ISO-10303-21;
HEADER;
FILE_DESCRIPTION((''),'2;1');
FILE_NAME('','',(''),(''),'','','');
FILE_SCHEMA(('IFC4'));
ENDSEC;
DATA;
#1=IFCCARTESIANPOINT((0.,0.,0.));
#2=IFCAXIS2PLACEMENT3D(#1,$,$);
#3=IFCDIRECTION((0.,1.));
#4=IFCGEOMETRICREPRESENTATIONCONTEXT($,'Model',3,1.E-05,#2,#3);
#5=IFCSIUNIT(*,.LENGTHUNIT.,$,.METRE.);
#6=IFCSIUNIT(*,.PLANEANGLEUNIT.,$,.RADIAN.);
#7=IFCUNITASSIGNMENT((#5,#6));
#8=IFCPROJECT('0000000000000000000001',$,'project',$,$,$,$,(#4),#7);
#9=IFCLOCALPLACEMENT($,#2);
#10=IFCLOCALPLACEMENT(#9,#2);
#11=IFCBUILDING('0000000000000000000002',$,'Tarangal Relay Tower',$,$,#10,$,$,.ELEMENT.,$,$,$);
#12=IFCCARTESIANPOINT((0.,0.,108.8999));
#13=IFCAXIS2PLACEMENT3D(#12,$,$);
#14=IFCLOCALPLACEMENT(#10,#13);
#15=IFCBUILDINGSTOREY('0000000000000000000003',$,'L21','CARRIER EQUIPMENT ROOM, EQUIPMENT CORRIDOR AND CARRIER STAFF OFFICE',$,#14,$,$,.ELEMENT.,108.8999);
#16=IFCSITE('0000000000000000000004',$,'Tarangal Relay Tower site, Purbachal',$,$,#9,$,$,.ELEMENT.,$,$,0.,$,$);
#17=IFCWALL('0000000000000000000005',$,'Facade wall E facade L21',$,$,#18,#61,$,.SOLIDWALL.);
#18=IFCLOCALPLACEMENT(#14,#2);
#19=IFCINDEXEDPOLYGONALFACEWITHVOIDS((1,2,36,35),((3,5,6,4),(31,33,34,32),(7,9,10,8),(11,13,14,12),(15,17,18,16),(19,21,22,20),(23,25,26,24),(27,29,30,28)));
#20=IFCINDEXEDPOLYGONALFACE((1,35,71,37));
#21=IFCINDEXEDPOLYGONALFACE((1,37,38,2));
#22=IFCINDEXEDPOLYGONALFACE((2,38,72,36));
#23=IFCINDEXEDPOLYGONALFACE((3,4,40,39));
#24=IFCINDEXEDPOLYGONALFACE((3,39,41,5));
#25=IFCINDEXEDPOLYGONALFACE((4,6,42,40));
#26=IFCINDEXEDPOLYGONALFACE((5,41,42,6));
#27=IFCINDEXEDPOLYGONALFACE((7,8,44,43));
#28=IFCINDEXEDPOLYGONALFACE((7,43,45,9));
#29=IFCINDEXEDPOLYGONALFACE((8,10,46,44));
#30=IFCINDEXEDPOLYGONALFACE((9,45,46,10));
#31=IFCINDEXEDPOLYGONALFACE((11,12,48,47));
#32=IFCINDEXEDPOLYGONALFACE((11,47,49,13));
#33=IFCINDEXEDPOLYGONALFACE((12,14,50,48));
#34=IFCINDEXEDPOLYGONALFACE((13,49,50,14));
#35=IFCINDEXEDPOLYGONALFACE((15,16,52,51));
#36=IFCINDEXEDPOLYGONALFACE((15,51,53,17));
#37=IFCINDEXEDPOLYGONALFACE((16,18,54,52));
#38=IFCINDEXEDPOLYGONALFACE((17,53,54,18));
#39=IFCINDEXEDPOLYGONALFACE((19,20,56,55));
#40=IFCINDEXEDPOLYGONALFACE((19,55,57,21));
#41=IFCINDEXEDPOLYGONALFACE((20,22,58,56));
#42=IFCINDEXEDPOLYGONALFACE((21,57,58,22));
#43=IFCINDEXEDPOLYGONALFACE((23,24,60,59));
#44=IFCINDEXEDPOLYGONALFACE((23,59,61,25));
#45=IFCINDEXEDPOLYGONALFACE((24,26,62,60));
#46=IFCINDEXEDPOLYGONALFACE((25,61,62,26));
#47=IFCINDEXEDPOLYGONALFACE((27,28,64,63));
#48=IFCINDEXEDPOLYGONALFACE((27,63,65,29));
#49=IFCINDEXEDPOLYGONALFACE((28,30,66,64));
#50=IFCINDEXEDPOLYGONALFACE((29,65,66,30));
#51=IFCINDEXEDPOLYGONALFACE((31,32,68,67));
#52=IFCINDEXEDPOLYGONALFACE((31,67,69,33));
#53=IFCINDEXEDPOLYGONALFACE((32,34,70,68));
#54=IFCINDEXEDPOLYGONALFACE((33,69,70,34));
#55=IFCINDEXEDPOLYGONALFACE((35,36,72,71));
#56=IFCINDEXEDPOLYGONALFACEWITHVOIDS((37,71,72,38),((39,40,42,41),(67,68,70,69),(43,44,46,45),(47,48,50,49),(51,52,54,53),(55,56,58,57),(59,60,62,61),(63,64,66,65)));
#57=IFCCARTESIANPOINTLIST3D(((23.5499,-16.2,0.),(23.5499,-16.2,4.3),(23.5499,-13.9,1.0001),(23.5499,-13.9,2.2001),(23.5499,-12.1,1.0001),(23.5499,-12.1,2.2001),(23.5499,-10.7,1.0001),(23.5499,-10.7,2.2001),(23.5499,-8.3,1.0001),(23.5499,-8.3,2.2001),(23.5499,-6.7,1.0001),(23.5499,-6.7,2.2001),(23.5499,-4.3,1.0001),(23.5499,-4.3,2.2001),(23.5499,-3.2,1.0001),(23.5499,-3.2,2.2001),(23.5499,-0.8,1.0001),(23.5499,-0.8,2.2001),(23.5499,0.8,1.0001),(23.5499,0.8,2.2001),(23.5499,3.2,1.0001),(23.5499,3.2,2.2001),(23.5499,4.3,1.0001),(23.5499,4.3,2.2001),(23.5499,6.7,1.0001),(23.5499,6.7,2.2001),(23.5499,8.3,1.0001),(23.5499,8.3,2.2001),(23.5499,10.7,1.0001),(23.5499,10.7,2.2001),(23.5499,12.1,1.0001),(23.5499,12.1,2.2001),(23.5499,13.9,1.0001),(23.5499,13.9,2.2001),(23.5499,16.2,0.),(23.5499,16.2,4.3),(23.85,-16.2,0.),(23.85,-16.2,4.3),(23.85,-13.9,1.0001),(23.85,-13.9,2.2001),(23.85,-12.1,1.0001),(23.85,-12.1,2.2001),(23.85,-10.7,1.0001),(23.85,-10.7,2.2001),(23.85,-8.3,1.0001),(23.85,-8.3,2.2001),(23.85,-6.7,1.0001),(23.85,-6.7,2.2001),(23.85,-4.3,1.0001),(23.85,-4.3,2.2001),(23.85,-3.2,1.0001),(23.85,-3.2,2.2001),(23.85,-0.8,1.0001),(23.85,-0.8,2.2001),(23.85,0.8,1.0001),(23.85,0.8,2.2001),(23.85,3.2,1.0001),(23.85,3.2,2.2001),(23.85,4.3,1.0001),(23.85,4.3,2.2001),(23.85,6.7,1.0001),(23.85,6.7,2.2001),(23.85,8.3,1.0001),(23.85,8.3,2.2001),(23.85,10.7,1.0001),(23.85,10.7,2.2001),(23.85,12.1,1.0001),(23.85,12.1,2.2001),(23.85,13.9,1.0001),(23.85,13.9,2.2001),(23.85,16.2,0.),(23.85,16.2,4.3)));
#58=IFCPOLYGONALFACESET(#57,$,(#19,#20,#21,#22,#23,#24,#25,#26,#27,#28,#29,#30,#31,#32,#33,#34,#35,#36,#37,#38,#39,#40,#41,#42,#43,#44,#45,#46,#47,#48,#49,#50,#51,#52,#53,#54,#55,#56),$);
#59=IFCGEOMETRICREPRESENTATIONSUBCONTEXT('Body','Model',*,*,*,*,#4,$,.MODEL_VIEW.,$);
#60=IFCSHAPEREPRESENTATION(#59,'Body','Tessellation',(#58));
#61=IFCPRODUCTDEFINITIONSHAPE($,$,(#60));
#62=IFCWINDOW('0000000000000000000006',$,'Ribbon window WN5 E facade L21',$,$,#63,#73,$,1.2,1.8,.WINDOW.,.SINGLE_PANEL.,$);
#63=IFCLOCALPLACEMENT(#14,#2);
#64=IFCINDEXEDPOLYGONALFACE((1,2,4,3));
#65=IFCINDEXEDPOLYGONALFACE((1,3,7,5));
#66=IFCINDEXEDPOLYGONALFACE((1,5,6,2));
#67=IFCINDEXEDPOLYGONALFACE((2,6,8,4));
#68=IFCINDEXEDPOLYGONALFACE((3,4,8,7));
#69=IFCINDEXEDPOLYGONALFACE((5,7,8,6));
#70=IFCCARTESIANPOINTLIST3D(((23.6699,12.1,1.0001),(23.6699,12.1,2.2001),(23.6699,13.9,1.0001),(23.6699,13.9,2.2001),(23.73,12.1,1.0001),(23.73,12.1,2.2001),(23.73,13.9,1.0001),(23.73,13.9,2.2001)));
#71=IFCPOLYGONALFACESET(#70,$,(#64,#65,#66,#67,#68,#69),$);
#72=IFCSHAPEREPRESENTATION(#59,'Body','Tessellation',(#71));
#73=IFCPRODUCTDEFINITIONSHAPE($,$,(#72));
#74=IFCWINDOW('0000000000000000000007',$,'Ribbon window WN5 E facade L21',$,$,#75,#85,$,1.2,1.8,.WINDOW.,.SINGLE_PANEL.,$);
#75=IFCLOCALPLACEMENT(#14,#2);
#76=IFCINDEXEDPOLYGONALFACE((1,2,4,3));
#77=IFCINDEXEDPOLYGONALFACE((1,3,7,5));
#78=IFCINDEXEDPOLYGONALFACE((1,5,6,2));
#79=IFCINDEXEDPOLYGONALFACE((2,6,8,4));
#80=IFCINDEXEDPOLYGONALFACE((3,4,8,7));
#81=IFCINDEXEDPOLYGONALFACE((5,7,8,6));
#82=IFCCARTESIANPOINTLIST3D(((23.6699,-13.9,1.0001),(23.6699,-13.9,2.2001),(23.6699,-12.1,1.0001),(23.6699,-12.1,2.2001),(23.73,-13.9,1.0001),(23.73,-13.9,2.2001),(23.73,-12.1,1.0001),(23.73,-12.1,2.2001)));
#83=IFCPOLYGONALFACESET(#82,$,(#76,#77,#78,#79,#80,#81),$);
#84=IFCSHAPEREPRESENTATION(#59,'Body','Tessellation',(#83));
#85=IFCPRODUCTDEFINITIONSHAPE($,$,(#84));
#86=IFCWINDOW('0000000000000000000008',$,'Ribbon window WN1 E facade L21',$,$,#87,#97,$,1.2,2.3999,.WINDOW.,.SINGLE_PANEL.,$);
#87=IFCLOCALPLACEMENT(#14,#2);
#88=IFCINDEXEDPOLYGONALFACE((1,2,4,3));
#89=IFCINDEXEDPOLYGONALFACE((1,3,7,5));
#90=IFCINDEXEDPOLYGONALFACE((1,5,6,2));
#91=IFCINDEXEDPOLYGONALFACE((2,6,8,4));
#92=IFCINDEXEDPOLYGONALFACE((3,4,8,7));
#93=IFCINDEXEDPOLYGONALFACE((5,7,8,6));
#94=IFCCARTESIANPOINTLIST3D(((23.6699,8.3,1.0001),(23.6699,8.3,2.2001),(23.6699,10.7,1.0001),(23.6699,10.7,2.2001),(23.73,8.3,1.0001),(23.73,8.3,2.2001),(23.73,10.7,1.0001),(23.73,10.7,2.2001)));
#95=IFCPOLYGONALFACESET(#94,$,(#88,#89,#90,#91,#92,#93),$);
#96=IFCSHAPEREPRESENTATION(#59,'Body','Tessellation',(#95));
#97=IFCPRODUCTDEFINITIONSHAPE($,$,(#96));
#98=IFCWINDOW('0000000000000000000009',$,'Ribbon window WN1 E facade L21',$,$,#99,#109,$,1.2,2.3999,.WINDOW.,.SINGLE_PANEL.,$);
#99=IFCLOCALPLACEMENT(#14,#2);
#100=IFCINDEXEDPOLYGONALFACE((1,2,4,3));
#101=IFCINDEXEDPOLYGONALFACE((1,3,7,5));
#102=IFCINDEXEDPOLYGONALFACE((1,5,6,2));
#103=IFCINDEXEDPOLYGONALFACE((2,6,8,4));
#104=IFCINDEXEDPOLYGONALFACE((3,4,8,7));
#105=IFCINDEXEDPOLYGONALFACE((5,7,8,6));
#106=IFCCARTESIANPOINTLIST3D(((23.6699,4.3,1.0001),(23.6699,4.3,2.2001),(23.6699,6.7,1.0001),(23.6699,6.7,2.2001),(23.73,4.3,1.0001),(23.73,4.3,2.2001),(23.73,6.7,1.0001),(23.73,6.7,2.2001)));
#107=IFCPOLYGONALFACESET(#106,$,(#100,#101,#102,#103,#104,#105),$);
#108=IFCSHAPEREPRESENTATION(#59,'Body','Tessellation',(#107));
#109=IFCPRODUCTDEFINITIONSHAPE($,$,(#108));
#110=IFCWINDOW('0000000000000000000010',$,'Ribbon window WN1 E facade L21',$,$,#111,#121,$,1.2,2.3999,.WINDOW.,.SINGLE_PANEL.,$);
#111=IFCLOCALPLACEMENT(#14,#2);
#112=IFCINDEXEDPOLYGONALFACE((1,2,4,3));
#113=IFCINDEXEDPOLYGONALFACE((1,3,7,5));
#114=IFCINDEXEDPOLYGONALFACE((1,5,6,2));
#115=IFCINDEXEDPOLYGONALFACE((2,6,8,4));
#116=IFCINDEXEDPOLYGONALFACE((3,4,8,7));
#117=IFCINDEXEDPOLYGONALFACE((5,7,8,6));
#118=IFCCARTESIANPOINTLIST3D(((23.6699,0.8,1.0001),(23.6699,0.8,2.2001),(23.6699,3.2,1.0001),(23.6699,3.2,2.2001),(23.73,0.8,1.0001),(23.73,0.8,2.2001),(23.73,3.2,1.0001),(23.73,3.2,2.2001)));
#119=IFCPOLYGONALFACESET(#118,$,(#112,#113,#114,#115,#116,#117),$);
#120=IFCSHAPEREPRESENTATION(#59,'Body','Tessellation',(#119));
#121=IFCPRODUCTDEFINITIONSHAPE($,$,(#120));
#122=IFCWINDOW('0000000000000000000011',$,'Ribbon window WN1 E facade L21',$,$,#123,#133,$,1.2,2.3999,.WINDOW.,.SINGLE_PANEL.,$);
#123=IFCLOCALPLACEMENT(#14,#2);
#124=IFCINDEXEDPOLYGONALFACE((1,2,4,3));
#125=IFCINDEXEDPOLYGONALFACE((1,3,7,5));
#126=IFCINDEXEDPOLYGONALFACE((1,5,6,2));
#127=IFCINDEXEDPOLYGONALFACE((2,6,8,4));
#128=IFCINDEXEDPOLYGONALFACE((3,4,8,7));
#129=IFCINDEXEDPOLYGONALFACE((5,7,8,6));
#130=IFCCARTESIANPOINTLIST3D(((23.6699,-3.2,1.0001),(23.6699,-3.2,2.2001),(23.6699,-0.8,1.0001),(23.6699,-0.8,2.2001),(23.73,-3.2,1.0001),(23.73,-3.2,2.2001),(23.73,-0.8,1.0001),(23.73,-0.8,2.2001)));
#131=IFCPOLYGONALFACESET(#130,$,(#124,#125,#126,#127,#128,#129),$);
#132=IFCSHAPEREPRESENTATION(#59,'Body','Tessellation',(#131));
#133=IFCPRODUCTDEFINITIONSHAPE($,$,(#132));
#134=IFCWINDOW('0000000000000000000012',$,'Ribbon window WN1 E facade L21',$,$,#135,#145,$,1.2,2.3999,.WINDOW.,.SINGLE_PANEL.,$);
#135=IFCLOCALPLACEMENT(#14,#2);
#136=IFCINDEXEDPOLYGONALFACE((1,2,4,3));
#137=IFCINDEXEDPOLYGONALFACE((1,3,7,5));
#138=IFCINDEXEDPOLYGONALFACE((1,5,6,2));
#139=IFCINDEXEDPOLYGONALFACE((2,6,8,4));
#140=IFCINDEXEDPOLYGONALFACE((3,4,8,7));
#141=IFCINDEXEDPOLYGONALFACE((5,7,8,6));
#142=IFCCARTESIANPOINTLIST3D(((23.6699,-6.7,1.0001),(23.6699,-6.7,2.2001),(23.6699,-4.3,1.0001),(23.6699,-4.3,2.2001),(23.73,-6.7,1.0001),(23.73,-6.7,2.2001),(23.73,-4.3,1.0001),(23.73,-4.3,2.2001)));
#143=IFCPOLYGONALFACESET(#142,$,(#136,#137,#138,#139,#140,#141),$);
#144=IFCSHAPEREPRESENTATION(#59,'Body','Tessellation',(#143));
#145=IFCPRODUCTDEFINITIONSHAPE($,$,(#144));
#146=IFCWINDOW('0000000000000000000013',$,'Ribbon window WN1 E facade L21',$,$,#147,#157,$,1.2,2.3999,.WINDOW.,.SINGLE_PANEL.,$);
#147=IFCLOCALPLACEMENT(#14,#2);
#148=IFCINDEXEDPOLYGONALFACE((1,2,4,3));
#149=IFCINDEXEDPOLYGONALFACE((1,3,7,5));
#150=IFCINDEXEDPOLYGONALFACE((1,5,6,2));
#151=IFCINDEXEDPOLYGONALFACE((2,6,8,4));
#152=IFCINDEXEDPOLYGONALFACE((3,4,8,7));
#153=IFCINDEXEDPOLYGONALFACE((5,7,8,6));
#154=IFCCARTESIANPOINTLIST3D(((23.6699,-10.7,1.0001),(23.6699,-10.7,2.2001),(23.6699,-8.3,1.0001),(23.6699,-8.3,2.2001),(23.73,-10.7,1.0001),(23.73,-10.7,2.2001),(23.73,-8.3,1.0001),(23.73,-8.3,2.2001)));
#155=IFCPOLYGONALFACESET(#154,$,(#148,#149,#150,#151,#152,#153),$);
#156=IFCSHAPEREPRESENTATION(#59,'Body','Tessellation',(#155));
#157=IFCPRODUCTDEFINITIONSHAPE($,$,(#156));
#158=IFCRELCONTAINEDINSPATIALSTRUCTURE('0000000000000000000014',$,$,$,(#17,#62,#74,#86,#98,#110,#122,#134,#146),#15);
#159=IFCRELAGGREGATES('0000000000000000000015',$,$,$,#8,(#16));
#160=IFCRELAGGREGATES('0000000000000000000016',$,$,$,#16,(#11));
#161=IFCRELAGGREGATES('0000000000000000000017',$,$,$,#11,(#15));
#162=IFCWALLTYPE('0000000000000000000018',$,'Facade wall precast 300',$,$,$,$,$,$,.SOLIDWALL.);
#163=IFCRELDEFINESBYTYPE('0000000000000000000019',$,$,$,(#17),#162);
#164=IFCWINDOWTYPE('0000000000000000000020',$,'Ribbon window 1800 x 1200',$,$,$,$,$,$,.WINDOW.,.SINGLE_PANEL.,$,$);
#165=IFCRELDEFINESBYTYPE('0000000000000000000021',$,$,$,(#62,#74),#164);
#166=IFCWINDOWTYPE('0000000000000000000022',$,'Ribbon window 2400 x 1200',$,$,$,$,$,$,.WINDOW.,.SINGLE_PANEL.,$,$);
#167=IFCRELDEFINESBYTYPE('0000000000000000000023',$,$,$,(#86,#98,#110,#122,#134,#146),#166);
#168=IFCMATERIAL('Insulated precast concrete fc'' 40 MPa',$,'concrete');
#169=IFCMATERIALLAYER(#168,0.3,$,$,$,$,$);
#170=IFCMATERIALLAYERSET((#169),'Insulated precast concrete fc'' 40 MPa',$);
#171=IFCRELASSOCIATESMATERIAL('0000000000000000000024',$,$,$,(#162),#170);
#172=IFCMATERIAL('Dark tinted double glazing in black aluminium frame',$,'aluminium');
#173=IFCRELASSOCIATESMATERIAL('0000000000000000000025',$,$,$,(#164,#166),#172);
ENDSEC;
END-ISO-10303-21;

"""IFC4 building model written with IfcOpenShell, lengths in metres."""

from ifc_helpers import new_model, si_unit, direction, frame, frame_2d, origin, place, context, subcontext, project, spatial, rectangle, extrude, material, layer, layer_set, type_object, element, fill, save


model = new_model("IFC4")

# Units and contexts
model_context = context("Model", 3, precision=1e-05, world=origin(), true_north=direction((0.0, 1.0)))
body_context = subcontext(model_context, "Body", "Model", "MODEL_VIEW")
ifc_project = project(units=[si_unit("LENGTHUNIT", "METRE"), si_unit("PLANEANGLEUNIT", "RADIAN")], contexts=[model_context])

# Site, building, storey
site_placement = place(None, origin())
site = spatial("IfcSite", under=ifc_project, at=site_placement, Name="Tarangal Relay Tower site, Purbachal", CompositionType="ELEMENT", RefElevation=0.0)
building_placement = place(site_placement, origin())
building = spatial("IfcBuilding", under=site, at=building_placement, Name="Tarangal Relay Tower", CompositionType="ELEMENT")
storey_placement = place(building_placement, frame((0.0, 0.0, 108.8999)))
storey = spatial("IfcBuildingStorey", under=building, at=storey_placement, Name="L21", Description="CARRIER EQUIPMENT ROOM, EQUIPMENT CORRIDOR AND CARRIER STAFF OFFICE", CompositionType="ELEMENT", Elevation=108.8999)

# Shared definitions
ifc_material_1 = material(Name="Insulated precast concrete fc' 40 MPa", Category="concrete")
ifc_layer_1 = layer(ifc_material_1, 0.3)
ifc_layer_set_1 = layer_set([ifc_layer_1], Name="Insulated precast concrete fc' 40 MPa")
wall_type_1 = type_object("IfcWallType", Name="Facade wall precast 300", PredefinedType="SOLIDWALL", material=ifc_layer_set_1)

# Wall, openings, windows
wall_1_placement = place(storey_placement, frame((23.7, 16.2, 0.0), z_axis=(0.0, 0.0, 1.0), x_axis=(0.0, -1.0, 0.0)))
wall_1 = element("IfcWall", 1, at=wall_1_placement, inside=storey, type_object=wall_type_1, Name="Facade wall E facade L21", PredefinedType="SOLIDWALL", context=body_context, shape_type="SweptSolid", body=[
    extrude(rectangle(XDim=32.3999, YDim=0.3, at=frame_2d((16.2, 0.0))), origin(), (0.0, 0.0, 1.0), 4.3),
])
opening_1_placement = place(wall_1_placement, frame((2.3, 0.0, 1.0)))
opening_1 = element("IfcOpeningElement", 2, at=opening_1_placement, cuts=wall_1, PredefinedType="OPENING", context=body_context, shape_type="SweptSolid", body=[
    extrude(rectangle(XDim=1.8, YDim=1.2, at=frame_2d((0.8999, 0.6001))), frame((0.0, 0.1599, 0.0), z_axis=(0.0, -1.0, 0.0), x_axis=(1.0, 0.0, 0.0)), (0.0, 0.0, 1.0), 0.3201),
])
opening_2_placement = place(wall_1_placement, frame((5.5, 0.0, 1.0)))
opening_2 = element("IfcOpeningElement", 3, at=opening_2_placement, cuts=wall_1, PredefinedType="OPENING", context=body_context, shape_type="SweptSolid", body=[
    extrude(rectangle(XDim=2.3999, YDim=1.2, at=frame_2d((1.2, 0.6001))), frame((0.0, 0.1599, 0.0), z_axis=(0.0, -1.0, 0.0), x_axis=(1.0, 0.0, 0.0)), (0.0, 0.0, 1.0), 0.3201),
])
opening_3_placement = place(wall_1_placement, frame((9.5, 0.0, 1.0)))
opening_3 = element("IfcOpeningElement", 4, at=opening_3_placement, cuts=wall_1, PredefinedType="OPENING", context=body_context, shape_type="SweptSolid", body=[
    extrude(rectangle(XDim=2.3999, YDim=1.2, at=frame_2d((1.2, 0.6001))), frame((0.0, 0.1599, 0.0), z_axis=(0.0, -1.0, 0.0), x_axis=(1.0, 0.0, 0.0)), (0.0, 0.0, 1.0), 0.3201),
])
opening_4_placement = place(wall_1_placement, frame((13.0, 0.0, 1.0)))
opening_4 = element("IfcOpeningElement", 5, at=opening_4_placement, cuts=wall_1, PredefinedType="OPENING", context=body_context, shape_type="SweptSolid", body=[
    extrude(rectangle(XDim=2.3999, YDim=1.2, at=frame_2d((1.2, 0.6001))), frame((0.0, 0.1599, 0.0), z_axis=(0.0, -1.0, 0.0), x_axis=(1.0, 0.0, 0.0)), (0.0, 0.0, 1.0), 0.3201),
])
opening_5_placement = place(wall_1_placement, frame((17.0, 0.0, 1.0)))
opening_5 = element("IfcOpeningElement", 6, at=opening_5_placement, cuts=wall_1, PredefinedType="OPENING", context=body_context, shape_type="SweptSolid", body=[
    extrude(rectangle(XDim=2.3999, YDim=1.2, at=frame_2d((1.2, 0.6001))), frame((0.0, 0.1599, 0.0), z_axis=(0.0, -1.0, 0.0), x_axis=(1.0, 0.0, 0.0)), (0.0, 0.0, 1.0), 0.3201),
])
opening_6_placement = place(wall_1_placement, frame((20.5, 0.0, 1.0)))
opening_6 = element("IfcOpeningElement", 7, at=opening_6_placement, cuts=wall_1, PredefinedType="OPENING", context=body_context, shape_type="SweptSolid", body=[
    extrude(rectangle(XDim=2.3999, YDim=1.2, at=frame_2d((1.2, 0.6001))), frame((0.0, 0.1599, 0.0), z_axis=(0.0, -1.0, 0.0), x_axis=(1.0, 0.0, 0.0)), (0.0, 0.0, 1.0), 0.3201),
])
opening_7_placement = place(wall_1_placement, frame((24.5, 0.0, 1.0)))
opening_7 = element("IfcOpeningElement", 8, at=opening_7_placement, cuts=wall_1, PredefinedType="OPENING", context=body_context, shape_type="SweptSolid", body=[
    extrude(rectangle(XDim=2.3999, YDim=1.2, at=frame_2d((1.2, 0.6001))), frame((0.0, 0.1599, 0.0), z_axis=(0.0, -1.0, 0.0), x_axis=(1.0, 0.0, 0.0)), (0.0, 0.0, 1.0), 0.3201),
])
opening_8_placement = place(wall_1_placement, frame((28.3, 0.0, 1.0)))
opening_8 = element("IfcOpeningElement", 9, at=opening_8_placement, cuts=wall_1, PredefinedType="OPENING", context=body_context, shape_type="SweptSolid", body=[
    extrude(rectangle(XDim=1.8, YDim=1.2, at=frame_2d((0.8999, 0.6001))), frame((0.0, 0.1599, 0.0), z_axis=(0.0, -1.0, 0.0), x_axis=(1.0, 0.0, 0.0)), (0.0, 0.0, 1.0), 0.3201),
])
ifc_material_2 = material(Name="Dark tinted double glazing in black aluminium frame", Category="aluminium")
window_type_1 = type_object("IfcWindowType", Name="Ribbon window 1800 x 1200", PartitioningType="SINGLE_PANEL", PredefinedType="WINDOW", material=ifc_material_2)
window_1_placement = place(opening_1_placement, origin())
window_1 = element("IfcWindow", 10, at=window_1_placement, inside=storey, type_object=window_type_1, Name="Ribbon window WN5 E facade L21", OverallHeight=1.2, OverallWidth=1.8, PartitioningType="SINGLE_PANEL", PredefinedType="WINDOW", context=body_context, shape_type="SweptSolid", body=[
    extrude(rectangle(XDim=1.8, YDim=1.2, at=frame_2d((0.8999, 0.6001))), frame((0.0, 0.03, 0.0), z_axis=(0.0, -1.0, 0.0), x_axis=(1.0, 0.0, 0.0)), (0.0, 0.0, 1.0), 0.0601),
])
fill(opening_1, window_1)
window_2_placement = place(opening_8_placement, origin())
window_2 = element("IfcWindow", 11, at=window_2_placement, inside=storey, type_object=window_type_1, Name="Ribbon window WN5 E facade L21", OverallHeight=1.2, OverallWidth=1.8, PartitioningType="SINGLE_PANEL", PredefinedType="WINDOW", context=body_context, shape_type="SweptSolid", body=[
    extrude(rectangle(XDim=1.8, YDim=1.2, at=frame_2d((0.8999, 0.6001))), frame((0.0, 0.03, 0.0), z_axis=(0.0, -1.0, 0.0), x_axis=(1.0, 0.0, 0.0)), (0.0, 0.0, 1.0), 0.0601),
])
fill(opening_8, window_2)
window_type_2 = type_object("IfcWindowType", Name="Ribbon window 2400 x 1200", PartitioningType="SINGLE_PANEL", PredefinedType="WINDOW", material=ifc_material_2)
window_3_placement = place(opening_2_placement, origin())
window_3 = element("IfcWindow", 12, at=window_3_placement, inside=storey, type_object=window_type_2, Name="Ribbon window WN1 E facade L21", OverallHeight=1.2, OverallWidth=2.3999, PartitioningType="SINGLE_PANEL", PredefinedType="WINDOW", context=body_context, shape_type="SweptSolid", body=[
    extrude(rectangle(XDim=2.3999, YDim=1.2, at=frame_2d((1.2, 0.6001))), frame((0.0, 0.03, 0.0), z_axis=(0.0, -1.0, 0.0), x_axis=(1.0, 0.0, 0.0)), (0.0, 0.0, 1.0), 0.0601),
])
fill(opening_2, window_3)
window_4_placement = place(opening_3_placement, origin())
window_4 = element("IfcWindow", 13, at=window_4_placement, inside=storey, type_object=window_type_2, Name="Ribbon window WN1 E facade L21", OverallHeight=1.2, OverallWidth=2.3999, PartitioningType="SINGLE_PANEL", PredefinedType="WINDOW", context=body_context, shape_type="SweptSolid", body=[
    extrude(rectangle(XDim=2.3999, YDim=1.2, at=frame_2d((1.2, 0.6001))), frame((0.0, 0.03, 0.0), z_axis=(0.0, -1.0, 0.0), x_axis=(1.0, 0.0, 0.0)), (0.0, 0.0, 1.0), 0.0601),
])
fill(opening_3, window_4)
window_5_placement = place(opening_4_placement, origin())
window_5 = element("IfcWindow", 14, at=window_5_placement, inside=storey, type_object=window_type_2, Name="Ribbon window WN1 E facade L21", OverallHeight=1.2, OverallWidth=2.3999, PartitioningType="SINGLE_PANEL", PredefinedType="WINDOW", context=body_context, shape_type="SweptSolid", body=[
    extrude(rectangle(XDim=2.3999, YDim=1.2, at=frame_2d((1.2, 0.6001))), frame((0.0, 0.03, 0.0), z_axis=(0.0, -1.0, 0.0), x_axis=(1.0, 0.0, 0.0)), (0.0, 0.0, 1.0), 0.0601),
])
fill(opening_4, window_5)
window_6_placement = place(opening_5_placement, origin())
window_6 = element("IfcWindow", 15, at=window_6_placement, inside=storey, type_object=window_type_2, Name="Ribbon window WN1 E facade L21", OverallHeight=1.2, OverallWidth=2.3999, PartitioningType="SINGLE_PANEL", PredefinedType="WINDOW", context=body_context, shape_type="SweptSolid", body=[
    extrude(rectangle(XDim=2.3999, YDim=1.2, at=frame_2d((1.2, 0.6001))), frame((0.0, 0.03, 0.0), z_axis=(0.0, -1.0, 0.0), x_axis=(1.0, 0.0, 0.0)), (0.0, 0.0, 1.0), 0.0601),
])
fill(opening_5, window_6)
window_7_placement = place(opening_6_placement, origin())
window_7 = element("IfcWindow", 16, at=window_7_placement, inside=storey, type_object=window_type_2, Name="Ribbon window WN1 E facade L21", OverallHeight=1.2, OverallWidth=2.3999, PartitioningType="SINGLE_PANEL", PredefinedType="WINDOW", context=body_context, shape_type="SweptSolid", body=[
    extrude(rectangle(XDim=2.3999, YDim=1.2, at=frame_2d((1.2, 0.6001))), frame((0.0, 0.03, 0.0), z_axis=(0.0, -1.0, 0.0), x_axis=(1.0, 0.0, 0.0)), (0.0, 0.0, 1.0), 0.0601),
])
fill(opening_6, window_7)
window_8_placement = place(opening_7_placement, origin())
window_8 = element("IfcWindow", 17, at=window_8_placement, inside=storey, type_object=window_type_2, Name="Ribbon window WN1 E facade L21", OverallHeight=1.2, OverallWidth=2.3999, PartitioningType="SINGLE_PANEL", PredefinedType="WINDOW", context=body_context, shape_type="SweptSolid", body=[
    extrude(rectangle(XDim=2.3999, YDim=1.2, at=frame_2d((1.2, 0.6001))), frame((0.0, 0.03, 0.0), z_axis=(0.0, -1.0, 0.0), x_axis=(1.0, 0.0, 0.0)), (0.0, 0.0, 1.0), 0.0601),
])
fill(opening_7, window_8)

save(model, "model.ifc")
